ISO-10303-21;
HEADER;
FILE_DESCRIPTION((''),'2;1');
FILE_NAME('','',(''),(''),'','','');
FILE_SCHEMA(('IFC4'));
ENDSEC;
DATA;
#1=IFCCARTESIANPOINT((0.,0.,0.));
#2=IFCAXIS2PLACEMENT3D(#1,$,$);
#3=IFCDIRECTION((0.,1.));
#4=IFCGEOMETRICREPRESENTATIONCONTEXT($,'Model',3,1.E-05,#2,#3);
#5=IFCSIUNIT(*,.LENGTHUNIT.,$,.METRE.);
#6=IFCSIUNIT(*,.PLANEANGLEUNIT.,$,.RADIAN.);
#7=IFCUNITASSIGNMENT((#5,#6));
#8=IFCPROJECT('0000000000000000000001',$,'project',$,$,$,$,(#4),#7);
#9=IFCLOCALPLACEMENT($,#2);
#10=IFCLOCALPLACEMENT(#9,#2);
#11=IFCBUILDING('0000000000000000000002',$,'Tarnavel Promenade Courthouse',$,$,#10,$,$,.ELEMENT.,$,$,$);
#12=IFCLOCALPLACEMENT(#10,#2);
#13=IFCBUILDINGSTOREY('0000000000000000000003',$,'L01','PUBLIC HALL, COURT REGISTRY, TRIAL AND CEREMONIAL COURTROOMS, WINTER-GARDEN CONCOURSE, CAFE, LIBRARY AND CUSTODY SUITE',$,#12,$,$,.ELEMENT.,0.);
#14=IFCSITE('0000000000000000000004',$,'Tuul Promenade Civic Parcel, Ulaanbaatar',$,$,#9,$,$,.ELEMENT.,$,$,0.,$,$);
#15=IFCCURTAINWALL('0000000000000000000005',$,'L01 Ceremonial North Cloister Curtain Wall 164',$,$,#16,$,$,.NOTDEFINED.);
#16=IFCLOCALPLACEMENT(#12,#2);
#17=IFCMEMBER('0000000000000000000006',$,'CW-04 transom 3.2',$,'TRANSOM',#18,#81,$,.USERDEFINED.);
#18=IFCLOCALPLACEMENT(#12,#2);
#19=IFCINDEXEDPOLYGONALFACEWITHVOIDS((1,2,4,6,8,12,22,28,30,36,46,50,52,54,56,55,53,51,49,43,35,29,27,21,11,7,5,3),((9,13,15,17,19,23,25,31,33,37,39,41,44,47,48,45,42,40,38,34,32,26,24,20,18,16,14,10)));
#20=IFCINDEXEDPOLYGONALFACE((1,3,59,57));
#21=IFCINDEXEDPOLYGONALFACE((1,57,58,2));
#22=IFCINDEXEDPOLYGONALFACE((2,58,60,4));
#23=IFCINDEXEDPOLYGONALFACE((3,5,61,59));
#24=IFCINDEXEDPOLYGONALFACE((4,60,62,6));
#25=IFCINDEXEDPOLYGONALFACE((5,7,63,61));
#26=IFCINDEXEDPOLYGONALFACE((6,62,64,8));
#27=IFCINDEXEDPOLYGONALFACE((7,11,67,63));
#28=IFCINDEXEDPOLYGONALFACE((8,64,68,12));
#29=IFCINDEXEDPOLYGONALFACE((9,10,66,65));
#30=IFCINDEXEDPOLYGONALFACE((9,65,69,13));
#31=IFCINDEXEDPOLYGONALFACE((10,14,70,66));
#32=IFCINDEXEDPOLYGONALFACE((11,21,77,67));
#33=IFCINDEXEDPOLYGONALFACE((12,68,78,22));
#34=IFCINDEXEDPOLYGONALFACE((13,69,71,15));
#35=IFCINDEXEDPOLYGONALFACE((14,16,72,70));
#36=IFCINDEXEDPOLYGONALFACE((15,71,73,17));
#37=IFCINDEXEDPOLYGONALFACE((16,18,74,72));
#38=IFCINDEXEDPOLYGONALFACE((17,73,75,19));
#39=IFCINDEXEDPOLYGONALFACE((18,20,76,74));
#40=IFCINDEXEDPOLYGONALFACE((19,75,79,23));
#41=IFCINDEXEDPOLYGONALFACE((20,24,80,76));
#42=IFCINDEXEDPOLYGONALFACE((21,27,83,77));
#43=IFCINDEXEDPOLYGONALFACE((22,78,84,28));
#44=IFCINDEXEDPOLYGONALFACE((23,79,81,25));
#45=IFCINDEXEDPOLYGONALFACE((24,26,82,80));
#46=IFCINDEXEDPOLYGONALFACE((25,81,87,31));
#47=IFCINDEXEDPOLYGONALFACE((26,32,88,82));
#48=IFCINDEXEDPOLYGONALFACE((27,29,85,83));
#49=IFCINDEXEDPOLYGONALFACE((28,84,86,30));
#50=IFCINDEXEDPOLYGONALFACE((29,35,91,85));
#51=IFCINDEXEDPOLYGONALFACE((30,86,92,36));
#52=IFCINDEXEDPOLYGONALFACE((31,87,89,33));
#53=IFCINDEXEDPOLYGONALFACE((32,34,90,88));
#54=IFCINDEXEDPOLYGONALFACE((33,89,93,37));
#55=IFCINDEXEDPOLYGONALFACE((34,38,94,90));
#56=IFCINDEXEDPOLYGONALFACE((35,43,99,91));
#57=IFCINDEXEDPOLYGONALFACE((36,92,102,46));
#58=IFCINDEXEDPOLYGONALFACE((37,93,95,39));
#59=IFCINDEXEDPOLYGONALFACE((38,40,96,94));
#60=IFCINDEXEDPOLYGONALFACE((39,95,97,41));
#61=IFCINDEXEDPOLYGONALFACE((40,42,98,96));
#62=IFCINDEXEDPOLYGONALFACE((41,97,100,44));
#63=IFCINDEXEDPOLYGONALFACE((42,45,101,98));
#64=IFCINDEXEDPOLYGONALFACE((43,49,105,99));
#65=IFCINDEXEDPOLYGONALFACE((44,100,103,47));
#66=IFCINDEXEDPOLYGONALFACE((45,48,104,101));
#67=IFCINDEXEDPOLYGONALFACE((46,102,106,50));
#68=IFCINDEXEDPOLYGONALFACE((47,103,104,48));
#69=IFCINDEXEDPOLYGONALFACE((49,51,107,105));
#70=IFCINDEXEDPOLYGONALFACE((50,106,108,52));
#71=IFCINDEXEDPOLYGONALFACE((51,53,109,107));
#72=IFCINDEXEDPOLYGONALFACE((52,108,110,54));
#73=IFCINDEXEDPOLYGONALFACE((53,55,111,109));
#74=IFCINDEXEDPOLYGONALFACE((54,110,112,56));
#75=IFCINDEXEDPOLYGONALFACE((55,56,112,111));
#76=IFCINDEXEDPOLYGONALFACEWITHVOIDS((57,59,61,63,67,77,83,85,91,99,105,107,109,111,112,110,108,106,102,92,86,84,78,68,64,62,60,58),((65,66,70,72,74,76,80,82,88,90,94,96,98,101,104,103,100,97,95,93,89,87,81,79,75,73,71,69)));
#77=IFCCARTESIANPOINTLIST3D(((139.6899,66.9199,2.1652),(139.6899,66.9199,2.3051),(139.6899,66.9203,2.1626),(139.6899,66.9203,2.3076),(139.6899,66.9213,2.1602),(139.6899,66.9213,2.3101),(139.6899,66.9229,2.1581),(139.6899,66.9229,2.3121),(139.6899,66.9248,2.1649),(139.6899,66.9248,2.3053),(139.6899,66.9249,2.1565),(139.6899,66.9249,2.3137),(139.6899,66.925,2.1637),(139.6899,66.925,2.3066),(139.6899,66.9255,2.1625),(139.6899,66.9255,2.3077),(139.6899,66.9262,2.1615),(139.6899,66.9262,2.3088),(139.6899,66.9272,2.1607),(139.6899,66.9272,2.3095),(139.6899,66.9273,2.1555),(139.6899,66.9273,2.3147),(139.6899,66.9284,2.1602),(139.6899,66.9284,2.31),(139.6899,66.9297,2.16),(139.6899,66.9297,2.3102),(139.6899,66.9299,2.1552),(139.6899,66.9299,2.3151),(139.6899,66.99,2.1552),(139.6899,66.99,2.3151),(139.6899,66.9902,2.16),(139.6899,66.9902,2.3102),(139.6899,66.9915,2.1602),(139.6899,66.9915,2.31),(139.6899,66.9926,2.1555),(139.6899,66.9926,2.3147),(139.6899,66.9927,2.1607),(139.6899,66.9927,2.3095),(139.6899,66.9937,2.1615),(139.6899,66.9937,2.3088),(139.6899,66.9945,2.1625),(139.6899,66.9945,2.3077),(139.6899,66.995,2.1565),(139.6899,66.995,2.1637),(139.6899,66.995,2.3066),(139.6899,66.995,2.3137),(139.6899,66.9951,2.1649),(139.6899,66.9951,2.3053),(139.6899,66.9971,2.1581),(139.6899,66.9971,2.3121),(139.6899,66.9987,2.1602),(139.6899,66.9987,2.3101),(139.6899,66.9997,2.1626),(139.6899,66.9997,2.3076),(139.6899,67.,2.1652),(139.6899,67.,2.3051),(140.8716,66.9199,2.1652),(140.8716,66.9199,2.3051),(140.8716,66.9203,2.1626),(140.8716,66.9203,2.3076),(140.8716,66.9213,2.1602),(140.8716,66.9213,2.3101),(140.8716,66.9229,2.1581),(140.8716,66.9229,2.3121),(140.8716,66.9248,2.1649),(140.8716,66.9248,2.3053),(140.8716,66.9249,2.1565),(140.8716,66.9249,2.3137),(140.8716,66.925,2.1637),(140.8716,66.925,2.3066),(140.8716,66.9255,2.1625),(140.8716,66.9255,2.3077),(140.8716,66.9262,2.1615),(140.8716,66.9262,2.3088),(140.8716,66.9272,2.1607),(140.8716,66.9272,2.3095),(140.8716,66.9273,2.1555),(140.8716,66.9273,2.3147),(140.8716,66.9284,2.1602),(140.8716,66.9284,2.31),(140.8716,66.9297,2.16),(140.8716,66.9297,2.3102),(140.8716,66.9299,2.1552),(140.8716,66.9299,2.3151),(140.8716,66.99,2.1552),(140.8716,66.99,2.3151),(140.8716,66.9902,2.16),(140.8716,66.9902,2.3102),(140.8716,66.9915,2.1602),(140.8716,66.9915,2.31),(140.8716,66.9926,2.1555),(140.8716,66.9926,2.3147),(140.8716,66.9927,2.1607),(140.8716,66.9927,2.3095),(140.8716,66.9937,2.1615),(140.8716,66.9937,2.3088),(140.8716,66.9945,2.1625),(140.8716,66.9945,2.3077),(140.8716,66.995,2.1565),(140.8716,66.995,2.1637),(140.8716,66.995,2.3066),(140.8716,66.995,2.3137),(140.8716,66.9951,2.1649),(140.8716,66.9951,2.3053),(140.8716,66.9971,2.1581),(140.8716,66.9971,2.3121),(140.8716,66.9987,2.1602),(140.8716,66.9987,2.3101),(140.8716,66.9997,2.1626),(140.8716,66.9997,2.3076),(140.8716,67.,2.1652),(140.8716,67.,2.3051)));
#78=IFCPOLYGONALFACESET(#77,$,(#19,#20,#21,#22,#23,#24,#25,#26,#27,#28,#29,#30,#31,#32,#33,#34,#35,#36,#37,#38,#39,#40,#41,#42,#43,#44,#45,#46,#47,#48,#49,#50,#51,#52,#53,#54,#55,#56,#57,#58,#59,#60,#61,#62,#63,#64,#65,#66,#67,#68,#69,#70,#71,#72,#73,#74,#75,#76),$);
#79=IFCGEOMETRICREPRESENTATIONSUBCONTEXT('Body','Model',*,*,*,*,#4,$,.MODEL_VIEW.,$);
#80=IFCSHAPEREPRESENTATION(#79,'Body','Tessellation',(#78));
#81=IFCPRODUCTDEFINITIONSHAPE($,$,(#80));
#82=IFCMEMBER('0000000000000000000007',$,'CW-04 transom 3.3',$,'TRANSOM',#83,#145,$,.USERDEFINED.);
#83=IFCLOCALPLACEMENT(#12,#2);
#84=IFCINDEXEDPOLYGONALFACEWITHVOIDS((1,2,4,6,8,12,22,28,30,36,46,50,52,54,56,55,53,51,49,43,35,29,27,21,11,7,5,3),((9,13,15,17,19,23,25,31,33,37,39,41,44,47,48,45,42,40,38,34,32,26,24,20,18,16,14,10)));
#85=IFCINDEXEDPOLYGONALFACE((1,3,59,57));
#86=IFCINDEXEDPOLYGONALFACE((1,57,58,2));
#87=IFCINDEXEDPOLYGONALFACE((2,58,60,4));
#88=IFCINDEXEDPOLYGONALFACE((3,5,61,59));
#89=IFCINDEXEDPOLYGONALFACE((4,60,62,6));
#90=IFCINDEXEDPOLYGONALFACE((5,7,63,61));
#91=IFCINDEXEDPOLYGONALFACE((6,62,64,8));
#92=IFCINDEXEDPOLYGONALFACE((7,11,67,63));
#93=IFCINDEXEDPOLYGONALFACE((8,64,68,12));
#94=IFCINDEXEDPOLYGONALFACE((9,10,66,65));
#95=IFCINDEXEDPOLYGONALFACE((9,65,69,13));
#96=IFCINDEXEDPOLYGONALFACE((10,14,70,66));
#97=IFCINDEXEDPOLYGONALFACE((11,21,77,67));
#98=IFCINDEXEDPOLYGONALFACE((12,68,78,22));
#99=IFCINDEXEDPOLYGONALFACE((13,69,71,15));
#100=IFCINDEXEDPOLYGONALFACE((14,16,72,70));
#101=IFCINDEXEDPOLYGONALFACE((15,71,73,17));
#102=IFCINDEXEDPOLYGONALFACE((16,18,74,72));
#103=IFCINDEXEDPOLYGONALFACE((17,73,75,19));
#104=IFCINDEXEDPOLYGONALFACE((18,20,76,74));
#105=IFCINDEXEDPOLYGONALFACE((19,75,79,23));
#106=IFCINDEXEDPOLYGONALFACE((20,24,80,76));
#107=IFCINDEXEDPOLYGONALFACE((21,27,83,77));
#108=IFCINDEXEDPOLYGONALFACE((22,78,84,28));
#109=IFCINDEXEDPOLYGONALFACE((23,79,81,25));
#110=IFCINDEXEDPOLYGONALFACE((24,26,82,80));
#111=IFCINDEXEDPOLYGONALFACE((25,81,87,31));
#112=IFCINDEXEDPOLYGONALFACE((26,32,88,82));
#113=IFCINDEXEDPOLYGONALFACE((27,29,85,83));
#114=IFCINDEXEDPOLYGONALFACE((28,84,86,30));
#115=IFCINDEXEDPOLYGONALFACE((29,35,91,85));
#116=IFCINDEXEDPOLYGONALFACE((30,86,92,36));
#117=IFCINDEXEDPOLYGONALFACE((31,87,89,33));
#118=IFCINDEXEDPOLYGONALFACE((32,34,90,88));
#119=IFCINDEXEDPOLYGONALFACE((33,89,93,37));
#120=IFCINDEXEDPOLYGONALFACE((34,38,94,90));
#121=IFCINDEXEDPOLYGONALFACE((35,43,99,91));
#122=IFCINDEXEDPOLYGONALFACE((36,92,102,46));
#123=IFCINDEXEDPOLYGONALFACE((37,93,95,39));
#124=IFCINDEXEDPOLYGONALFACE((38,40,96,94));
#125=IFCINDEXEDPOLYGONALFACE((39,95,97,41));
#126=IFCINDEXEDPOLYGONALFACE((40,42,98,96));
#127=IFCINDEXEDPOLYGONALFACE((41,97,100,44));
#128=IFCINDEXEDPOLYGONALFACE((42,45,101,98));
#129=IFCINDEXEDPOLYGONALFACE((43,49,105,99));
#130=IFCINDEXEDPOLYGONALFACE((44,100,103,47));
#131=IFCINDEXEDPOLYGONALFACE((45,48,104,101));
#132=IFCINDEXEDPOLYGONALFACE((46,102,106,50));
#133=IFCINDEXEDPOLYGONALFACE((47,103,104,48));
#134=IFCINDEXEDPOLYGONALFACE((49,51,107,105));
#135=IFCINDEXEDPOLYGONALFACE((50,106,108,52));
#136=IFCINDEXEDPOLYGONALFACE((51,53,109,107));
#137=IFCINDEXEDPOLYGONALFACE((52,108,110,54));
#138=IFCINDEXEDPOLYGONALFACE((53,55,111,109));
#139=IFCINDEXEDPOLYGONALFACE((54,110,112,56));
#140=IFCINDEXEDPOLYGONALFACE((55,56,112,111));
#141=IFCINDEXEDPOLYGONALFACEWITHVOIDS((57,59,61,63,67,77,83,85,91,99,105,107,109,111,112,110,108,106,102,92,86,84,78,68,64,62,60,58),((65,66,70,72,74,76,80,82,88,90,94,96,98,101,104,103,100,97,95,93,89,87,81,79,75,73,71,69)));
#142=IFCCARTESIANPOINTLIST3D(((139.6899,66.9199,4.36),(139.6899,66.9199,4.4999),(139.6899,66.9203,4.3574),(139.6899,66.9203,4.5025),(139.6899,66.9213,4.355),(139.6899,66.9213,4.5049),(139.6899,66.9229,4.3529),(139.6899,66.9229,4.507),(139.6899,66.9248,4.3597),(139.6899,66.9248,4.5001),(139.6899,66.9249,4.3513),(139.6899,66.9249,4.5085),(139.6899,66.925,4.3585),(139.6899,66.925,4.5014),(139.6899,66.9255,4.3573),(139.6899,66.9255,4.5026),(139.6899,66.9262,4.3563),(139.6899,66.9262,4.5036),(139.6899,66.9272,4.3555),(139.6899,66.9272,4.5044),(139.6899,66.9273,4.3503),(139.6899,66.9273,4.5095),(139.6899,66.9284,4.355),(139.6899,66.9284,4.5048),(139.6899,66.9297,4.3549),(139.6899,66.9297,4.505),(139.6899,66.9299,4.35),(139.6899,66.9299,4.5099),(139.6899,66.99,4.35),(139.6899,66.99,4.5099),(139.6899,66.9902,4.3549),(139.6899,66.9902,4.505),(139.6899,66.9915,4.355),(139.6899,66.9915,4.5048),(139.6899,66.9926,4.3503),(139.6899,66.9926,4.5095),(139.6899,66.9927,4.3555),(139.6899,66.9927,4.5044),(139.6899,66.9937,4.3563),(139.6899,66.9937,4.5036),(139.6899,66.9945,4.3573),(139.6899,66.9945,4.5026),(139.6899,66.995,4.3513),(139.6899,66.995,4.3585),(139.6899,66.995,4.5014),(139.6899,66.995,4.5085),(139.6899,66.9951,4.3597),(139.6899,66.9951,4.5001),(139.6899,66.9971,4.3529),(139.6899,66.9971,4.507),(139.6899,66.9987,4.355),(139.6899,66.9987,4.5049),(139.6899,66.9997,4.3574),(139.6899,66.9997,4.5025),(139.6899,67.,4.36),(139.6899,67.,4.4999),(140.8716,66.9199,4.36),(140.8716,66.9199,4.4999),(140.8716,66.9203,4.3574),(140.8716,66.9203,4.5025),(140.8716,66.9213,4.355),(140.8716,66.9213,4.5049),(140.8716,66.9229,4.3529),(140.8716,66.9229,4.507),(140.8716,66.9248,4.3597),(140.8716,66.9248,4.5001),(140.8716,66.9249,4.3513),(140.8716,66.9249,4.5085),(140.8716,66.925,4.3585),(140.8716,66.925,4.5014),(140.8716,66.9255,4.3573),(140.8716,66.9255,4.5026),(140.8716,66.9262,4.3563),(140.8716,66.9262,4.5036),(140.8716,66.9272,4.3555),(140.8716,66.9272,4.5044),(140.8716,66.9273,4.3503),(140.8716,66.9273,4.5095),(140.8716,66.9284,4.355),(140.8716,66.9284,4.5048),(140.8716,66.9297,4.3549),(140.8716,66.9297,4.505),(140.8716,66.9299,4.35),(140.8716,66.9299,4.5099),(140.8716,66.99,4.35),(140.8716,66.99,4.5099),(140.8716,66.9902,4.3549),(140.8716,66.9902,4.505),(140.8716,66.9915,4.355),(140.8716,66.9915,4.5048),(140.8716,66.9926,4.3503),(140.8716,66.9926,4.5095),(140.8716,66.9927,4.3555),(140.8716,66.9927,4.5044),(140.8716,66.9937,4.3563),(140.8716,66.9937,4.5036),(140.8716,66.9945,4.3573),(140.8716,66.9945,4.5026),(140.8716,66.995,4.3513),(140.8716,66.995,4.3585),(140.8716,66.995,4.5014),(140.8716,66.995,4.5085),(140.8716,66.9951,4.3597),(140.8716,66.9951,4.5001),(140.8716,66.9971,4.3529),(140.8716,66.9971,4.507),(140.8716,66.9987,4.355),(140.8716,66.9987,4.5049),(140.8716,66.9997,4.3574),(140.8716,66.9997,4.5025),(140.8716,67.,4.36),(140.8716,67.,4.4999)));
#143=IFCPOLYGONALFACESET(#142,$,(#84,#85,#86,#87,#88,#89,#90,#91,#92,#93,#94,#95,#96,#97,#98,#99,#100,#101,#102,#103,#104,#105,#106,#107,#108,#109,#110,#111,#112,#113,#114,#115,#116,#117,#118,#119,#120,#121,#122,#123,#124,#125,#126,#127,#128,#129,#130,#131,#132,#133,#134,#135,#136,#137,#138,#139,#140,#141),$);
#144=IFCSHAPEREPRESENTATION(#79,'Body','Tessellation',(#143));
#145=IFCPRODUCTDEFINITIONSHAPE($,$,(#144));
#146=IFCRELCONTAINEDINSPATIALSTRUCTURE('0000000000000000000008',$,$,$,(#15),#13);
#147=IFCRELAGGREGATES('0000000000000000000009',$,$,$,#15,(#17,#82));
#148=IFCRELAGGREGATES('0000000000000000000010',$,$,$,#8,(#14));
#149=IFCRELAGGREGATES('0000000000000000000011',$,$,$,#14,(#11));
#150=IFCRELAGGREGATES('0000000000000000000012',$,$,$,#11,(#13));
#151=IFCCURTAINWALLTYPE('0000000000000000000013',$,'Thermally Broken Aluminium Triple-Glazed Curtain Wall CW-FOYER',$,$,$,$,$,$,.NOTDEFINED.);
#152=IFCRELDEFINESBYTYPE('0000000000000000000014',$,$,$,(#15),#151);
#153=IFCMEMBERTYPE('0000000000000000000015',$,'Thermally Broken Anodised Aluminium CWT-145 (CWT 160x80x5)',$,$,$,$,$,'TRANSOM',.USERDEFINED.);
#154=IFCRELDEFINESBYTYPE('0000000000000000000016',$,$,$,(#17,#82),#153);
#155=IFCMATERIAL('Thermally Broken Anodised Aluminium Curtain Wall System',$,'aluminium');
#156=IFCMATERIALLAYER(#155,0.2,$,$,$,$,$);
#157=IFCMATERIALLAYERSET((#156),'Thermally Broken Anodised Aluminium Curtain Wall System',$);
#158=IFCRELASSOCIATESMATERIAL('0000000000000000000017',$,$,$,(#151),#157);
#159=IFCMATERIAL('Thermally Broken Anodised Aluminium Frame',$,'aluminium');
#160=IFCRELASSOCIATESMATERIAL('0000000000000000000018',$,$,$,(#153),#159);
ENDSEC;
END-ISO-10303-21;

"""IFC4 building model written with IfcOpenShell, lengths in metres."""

from ifc_helpers import new_model, si_unit, direction, frame, origin, origin_2d, place, context, subcontext, project, spatial, hollow_rectangle, extrude, material, layer, layer_set, material_profile, profile_set, type_object, element, aggregate, save


model = new_model("IFC4")

# Units and contexts
model_context = context("Model", 3, precision=1e-05, world=origin(), true_north=direction((0.0, 1.0)))
body_context = subcontext(model_context, "Body", "Model", "MODEL_VIEW")
ifc_project = project(units=[si_unit("LENGTHUNIT", "METRE"), si_unit("PLANEANGLEUNIT", "RADIAN")], contexts=[model_context])

# Site, building, storey
site_placement = place(None, origin())
site = spatial("IfcSite", under=ifc_project, at=site_placement, Name="Tuul Promenade Civic Parcel, Ulaanbaatar", CompositionType="ELEMENT", RefElevation=0.0)
building_placement = place(site_placement, origin())
building = spatial("IfcBuilding", under=site, at=building_placement, Name="Tarnavel Promenade Courthouse", CompositionType="ELEMENT")
storey_placement = place(building_placement, origin())
storey = spatial("IfcBuildingStorey", under=building, at=storey_placement, Name="L01", Description="PUBLIC HALL, COURT REGISTRY, TRIAL AND CEREMONIAL COURTROOMS, WINTER-GARDEN CONCOURSE, CAFE, LIBRARY AND CUSTODY SUITE", CompositionType="ELEMENT", Elevation=0.0)

# Curtain wall
ifc_material_1 = material(Name="Thermally Broken Anodised Aluminium Curtain Wall System", Category="aluminium")
ifc_layer_1 = layer(ifc_material_1, 0.2)
ifc_layer_set_1 = layer_set([ifc_layer_1], Name="Thermally Broken Anodised Aluminium Curtain Wall System")
curtain_wall_type = type_object("IfcCurtainWallType", Name="Thermally Broken Aluminium Triple-Glazed Curtain Wall CW-FOYER", PredefinedType="NOTDEFINED", material=ifc_layer_set_1)
curtain_wall_1_placement = place(storey_placement, origin())
curtain_wall_1 = element("IfcCurtainWall", 1, at=curtain_wall_1_placement, inside=storey, type_object=curtain_wall_type, Name="L01 Ceremonial North Cloister Curtain Wall 164", PredefinedType="NOTDEFINED")
ifc_material_2 = material(Name="Thermally Broken Anodised Aluminium Frame", Category="aluminium")

# Members
ifc_material_profile_1 = material_profile(ifc_material_2, hollow_rectangle(XDim=0.0801, YDim=0.1599, WallThickness=0.0049, InnerFilletRadius=0.0049, OuterFilletRadius=0.01, at=origin_2d()), Name="CWT 160x80x5")
ifc_profile_set_1 = profile_set([ifc_material_profile_1], Name="Thermally Broken Anodised Aluminium Frame")
member_type_1 = type_object("IfcMemberType", Name="Thermally Broken Anodised Aluminium CWT-145 (CWT 160x80x5)", ElementType="TRANSOM", PredefinedType="USERDEFINED", material=ifc_profile_set_1)
member_1_placement = place(storey_placement, frame((140.8716, 66.96, 2.2351), z_axis=(-1.0, 0.0, 0.0), x_axis=(0.0, -1.0, 0.0)))
member_1 = element("IfcMember", 2, at=member_1_placement, type_object=member_type_1, Name="CW-04 transom 3.2", ObjectType="TRANSOM", PredefinedType="USERDEFINED", context=body_context, shape_type="SweptSolid", body=[
    extrude(hollow_rectangle(XDim=0.0801, YDim=0.1599, WallThickness=0.0049, InnerFilletRadius=0.0049, OuterFilletRadius=0.01, at=origin_2d()), origin(), (0.0, 0.0, 1.0), 1.1816),
])
member_2_placement = place(storey_placement, frame((140.8716, 66.96, 4.4299), z_axis=(-1.0, 0.0, 0.0), x_axis=(0.0, -1.0, 0.0)))
member_2 = element("IfcMember", 3, at=member_2_placement, type_object=member_type_1, Name="CW-04 transom 3.3", ObjectType="TRANSOM", PredefinedType="USERDEFINED", context=body_context, shape_type="SweptSolid", body=[
    extrude(hollow_rectangle(XDim=0.0801, YDim=0.1599, WallThickness=0.0049, InnerFilletRadius=0.0049, OuterFilletRadius=0.01, at=origin_2d()), origin(), (0.0, 0.0, 1.0), 1.1816),
])

aggregate(curtain_wall_1, [member_1, member_2])

save(model, "model.ifc")
